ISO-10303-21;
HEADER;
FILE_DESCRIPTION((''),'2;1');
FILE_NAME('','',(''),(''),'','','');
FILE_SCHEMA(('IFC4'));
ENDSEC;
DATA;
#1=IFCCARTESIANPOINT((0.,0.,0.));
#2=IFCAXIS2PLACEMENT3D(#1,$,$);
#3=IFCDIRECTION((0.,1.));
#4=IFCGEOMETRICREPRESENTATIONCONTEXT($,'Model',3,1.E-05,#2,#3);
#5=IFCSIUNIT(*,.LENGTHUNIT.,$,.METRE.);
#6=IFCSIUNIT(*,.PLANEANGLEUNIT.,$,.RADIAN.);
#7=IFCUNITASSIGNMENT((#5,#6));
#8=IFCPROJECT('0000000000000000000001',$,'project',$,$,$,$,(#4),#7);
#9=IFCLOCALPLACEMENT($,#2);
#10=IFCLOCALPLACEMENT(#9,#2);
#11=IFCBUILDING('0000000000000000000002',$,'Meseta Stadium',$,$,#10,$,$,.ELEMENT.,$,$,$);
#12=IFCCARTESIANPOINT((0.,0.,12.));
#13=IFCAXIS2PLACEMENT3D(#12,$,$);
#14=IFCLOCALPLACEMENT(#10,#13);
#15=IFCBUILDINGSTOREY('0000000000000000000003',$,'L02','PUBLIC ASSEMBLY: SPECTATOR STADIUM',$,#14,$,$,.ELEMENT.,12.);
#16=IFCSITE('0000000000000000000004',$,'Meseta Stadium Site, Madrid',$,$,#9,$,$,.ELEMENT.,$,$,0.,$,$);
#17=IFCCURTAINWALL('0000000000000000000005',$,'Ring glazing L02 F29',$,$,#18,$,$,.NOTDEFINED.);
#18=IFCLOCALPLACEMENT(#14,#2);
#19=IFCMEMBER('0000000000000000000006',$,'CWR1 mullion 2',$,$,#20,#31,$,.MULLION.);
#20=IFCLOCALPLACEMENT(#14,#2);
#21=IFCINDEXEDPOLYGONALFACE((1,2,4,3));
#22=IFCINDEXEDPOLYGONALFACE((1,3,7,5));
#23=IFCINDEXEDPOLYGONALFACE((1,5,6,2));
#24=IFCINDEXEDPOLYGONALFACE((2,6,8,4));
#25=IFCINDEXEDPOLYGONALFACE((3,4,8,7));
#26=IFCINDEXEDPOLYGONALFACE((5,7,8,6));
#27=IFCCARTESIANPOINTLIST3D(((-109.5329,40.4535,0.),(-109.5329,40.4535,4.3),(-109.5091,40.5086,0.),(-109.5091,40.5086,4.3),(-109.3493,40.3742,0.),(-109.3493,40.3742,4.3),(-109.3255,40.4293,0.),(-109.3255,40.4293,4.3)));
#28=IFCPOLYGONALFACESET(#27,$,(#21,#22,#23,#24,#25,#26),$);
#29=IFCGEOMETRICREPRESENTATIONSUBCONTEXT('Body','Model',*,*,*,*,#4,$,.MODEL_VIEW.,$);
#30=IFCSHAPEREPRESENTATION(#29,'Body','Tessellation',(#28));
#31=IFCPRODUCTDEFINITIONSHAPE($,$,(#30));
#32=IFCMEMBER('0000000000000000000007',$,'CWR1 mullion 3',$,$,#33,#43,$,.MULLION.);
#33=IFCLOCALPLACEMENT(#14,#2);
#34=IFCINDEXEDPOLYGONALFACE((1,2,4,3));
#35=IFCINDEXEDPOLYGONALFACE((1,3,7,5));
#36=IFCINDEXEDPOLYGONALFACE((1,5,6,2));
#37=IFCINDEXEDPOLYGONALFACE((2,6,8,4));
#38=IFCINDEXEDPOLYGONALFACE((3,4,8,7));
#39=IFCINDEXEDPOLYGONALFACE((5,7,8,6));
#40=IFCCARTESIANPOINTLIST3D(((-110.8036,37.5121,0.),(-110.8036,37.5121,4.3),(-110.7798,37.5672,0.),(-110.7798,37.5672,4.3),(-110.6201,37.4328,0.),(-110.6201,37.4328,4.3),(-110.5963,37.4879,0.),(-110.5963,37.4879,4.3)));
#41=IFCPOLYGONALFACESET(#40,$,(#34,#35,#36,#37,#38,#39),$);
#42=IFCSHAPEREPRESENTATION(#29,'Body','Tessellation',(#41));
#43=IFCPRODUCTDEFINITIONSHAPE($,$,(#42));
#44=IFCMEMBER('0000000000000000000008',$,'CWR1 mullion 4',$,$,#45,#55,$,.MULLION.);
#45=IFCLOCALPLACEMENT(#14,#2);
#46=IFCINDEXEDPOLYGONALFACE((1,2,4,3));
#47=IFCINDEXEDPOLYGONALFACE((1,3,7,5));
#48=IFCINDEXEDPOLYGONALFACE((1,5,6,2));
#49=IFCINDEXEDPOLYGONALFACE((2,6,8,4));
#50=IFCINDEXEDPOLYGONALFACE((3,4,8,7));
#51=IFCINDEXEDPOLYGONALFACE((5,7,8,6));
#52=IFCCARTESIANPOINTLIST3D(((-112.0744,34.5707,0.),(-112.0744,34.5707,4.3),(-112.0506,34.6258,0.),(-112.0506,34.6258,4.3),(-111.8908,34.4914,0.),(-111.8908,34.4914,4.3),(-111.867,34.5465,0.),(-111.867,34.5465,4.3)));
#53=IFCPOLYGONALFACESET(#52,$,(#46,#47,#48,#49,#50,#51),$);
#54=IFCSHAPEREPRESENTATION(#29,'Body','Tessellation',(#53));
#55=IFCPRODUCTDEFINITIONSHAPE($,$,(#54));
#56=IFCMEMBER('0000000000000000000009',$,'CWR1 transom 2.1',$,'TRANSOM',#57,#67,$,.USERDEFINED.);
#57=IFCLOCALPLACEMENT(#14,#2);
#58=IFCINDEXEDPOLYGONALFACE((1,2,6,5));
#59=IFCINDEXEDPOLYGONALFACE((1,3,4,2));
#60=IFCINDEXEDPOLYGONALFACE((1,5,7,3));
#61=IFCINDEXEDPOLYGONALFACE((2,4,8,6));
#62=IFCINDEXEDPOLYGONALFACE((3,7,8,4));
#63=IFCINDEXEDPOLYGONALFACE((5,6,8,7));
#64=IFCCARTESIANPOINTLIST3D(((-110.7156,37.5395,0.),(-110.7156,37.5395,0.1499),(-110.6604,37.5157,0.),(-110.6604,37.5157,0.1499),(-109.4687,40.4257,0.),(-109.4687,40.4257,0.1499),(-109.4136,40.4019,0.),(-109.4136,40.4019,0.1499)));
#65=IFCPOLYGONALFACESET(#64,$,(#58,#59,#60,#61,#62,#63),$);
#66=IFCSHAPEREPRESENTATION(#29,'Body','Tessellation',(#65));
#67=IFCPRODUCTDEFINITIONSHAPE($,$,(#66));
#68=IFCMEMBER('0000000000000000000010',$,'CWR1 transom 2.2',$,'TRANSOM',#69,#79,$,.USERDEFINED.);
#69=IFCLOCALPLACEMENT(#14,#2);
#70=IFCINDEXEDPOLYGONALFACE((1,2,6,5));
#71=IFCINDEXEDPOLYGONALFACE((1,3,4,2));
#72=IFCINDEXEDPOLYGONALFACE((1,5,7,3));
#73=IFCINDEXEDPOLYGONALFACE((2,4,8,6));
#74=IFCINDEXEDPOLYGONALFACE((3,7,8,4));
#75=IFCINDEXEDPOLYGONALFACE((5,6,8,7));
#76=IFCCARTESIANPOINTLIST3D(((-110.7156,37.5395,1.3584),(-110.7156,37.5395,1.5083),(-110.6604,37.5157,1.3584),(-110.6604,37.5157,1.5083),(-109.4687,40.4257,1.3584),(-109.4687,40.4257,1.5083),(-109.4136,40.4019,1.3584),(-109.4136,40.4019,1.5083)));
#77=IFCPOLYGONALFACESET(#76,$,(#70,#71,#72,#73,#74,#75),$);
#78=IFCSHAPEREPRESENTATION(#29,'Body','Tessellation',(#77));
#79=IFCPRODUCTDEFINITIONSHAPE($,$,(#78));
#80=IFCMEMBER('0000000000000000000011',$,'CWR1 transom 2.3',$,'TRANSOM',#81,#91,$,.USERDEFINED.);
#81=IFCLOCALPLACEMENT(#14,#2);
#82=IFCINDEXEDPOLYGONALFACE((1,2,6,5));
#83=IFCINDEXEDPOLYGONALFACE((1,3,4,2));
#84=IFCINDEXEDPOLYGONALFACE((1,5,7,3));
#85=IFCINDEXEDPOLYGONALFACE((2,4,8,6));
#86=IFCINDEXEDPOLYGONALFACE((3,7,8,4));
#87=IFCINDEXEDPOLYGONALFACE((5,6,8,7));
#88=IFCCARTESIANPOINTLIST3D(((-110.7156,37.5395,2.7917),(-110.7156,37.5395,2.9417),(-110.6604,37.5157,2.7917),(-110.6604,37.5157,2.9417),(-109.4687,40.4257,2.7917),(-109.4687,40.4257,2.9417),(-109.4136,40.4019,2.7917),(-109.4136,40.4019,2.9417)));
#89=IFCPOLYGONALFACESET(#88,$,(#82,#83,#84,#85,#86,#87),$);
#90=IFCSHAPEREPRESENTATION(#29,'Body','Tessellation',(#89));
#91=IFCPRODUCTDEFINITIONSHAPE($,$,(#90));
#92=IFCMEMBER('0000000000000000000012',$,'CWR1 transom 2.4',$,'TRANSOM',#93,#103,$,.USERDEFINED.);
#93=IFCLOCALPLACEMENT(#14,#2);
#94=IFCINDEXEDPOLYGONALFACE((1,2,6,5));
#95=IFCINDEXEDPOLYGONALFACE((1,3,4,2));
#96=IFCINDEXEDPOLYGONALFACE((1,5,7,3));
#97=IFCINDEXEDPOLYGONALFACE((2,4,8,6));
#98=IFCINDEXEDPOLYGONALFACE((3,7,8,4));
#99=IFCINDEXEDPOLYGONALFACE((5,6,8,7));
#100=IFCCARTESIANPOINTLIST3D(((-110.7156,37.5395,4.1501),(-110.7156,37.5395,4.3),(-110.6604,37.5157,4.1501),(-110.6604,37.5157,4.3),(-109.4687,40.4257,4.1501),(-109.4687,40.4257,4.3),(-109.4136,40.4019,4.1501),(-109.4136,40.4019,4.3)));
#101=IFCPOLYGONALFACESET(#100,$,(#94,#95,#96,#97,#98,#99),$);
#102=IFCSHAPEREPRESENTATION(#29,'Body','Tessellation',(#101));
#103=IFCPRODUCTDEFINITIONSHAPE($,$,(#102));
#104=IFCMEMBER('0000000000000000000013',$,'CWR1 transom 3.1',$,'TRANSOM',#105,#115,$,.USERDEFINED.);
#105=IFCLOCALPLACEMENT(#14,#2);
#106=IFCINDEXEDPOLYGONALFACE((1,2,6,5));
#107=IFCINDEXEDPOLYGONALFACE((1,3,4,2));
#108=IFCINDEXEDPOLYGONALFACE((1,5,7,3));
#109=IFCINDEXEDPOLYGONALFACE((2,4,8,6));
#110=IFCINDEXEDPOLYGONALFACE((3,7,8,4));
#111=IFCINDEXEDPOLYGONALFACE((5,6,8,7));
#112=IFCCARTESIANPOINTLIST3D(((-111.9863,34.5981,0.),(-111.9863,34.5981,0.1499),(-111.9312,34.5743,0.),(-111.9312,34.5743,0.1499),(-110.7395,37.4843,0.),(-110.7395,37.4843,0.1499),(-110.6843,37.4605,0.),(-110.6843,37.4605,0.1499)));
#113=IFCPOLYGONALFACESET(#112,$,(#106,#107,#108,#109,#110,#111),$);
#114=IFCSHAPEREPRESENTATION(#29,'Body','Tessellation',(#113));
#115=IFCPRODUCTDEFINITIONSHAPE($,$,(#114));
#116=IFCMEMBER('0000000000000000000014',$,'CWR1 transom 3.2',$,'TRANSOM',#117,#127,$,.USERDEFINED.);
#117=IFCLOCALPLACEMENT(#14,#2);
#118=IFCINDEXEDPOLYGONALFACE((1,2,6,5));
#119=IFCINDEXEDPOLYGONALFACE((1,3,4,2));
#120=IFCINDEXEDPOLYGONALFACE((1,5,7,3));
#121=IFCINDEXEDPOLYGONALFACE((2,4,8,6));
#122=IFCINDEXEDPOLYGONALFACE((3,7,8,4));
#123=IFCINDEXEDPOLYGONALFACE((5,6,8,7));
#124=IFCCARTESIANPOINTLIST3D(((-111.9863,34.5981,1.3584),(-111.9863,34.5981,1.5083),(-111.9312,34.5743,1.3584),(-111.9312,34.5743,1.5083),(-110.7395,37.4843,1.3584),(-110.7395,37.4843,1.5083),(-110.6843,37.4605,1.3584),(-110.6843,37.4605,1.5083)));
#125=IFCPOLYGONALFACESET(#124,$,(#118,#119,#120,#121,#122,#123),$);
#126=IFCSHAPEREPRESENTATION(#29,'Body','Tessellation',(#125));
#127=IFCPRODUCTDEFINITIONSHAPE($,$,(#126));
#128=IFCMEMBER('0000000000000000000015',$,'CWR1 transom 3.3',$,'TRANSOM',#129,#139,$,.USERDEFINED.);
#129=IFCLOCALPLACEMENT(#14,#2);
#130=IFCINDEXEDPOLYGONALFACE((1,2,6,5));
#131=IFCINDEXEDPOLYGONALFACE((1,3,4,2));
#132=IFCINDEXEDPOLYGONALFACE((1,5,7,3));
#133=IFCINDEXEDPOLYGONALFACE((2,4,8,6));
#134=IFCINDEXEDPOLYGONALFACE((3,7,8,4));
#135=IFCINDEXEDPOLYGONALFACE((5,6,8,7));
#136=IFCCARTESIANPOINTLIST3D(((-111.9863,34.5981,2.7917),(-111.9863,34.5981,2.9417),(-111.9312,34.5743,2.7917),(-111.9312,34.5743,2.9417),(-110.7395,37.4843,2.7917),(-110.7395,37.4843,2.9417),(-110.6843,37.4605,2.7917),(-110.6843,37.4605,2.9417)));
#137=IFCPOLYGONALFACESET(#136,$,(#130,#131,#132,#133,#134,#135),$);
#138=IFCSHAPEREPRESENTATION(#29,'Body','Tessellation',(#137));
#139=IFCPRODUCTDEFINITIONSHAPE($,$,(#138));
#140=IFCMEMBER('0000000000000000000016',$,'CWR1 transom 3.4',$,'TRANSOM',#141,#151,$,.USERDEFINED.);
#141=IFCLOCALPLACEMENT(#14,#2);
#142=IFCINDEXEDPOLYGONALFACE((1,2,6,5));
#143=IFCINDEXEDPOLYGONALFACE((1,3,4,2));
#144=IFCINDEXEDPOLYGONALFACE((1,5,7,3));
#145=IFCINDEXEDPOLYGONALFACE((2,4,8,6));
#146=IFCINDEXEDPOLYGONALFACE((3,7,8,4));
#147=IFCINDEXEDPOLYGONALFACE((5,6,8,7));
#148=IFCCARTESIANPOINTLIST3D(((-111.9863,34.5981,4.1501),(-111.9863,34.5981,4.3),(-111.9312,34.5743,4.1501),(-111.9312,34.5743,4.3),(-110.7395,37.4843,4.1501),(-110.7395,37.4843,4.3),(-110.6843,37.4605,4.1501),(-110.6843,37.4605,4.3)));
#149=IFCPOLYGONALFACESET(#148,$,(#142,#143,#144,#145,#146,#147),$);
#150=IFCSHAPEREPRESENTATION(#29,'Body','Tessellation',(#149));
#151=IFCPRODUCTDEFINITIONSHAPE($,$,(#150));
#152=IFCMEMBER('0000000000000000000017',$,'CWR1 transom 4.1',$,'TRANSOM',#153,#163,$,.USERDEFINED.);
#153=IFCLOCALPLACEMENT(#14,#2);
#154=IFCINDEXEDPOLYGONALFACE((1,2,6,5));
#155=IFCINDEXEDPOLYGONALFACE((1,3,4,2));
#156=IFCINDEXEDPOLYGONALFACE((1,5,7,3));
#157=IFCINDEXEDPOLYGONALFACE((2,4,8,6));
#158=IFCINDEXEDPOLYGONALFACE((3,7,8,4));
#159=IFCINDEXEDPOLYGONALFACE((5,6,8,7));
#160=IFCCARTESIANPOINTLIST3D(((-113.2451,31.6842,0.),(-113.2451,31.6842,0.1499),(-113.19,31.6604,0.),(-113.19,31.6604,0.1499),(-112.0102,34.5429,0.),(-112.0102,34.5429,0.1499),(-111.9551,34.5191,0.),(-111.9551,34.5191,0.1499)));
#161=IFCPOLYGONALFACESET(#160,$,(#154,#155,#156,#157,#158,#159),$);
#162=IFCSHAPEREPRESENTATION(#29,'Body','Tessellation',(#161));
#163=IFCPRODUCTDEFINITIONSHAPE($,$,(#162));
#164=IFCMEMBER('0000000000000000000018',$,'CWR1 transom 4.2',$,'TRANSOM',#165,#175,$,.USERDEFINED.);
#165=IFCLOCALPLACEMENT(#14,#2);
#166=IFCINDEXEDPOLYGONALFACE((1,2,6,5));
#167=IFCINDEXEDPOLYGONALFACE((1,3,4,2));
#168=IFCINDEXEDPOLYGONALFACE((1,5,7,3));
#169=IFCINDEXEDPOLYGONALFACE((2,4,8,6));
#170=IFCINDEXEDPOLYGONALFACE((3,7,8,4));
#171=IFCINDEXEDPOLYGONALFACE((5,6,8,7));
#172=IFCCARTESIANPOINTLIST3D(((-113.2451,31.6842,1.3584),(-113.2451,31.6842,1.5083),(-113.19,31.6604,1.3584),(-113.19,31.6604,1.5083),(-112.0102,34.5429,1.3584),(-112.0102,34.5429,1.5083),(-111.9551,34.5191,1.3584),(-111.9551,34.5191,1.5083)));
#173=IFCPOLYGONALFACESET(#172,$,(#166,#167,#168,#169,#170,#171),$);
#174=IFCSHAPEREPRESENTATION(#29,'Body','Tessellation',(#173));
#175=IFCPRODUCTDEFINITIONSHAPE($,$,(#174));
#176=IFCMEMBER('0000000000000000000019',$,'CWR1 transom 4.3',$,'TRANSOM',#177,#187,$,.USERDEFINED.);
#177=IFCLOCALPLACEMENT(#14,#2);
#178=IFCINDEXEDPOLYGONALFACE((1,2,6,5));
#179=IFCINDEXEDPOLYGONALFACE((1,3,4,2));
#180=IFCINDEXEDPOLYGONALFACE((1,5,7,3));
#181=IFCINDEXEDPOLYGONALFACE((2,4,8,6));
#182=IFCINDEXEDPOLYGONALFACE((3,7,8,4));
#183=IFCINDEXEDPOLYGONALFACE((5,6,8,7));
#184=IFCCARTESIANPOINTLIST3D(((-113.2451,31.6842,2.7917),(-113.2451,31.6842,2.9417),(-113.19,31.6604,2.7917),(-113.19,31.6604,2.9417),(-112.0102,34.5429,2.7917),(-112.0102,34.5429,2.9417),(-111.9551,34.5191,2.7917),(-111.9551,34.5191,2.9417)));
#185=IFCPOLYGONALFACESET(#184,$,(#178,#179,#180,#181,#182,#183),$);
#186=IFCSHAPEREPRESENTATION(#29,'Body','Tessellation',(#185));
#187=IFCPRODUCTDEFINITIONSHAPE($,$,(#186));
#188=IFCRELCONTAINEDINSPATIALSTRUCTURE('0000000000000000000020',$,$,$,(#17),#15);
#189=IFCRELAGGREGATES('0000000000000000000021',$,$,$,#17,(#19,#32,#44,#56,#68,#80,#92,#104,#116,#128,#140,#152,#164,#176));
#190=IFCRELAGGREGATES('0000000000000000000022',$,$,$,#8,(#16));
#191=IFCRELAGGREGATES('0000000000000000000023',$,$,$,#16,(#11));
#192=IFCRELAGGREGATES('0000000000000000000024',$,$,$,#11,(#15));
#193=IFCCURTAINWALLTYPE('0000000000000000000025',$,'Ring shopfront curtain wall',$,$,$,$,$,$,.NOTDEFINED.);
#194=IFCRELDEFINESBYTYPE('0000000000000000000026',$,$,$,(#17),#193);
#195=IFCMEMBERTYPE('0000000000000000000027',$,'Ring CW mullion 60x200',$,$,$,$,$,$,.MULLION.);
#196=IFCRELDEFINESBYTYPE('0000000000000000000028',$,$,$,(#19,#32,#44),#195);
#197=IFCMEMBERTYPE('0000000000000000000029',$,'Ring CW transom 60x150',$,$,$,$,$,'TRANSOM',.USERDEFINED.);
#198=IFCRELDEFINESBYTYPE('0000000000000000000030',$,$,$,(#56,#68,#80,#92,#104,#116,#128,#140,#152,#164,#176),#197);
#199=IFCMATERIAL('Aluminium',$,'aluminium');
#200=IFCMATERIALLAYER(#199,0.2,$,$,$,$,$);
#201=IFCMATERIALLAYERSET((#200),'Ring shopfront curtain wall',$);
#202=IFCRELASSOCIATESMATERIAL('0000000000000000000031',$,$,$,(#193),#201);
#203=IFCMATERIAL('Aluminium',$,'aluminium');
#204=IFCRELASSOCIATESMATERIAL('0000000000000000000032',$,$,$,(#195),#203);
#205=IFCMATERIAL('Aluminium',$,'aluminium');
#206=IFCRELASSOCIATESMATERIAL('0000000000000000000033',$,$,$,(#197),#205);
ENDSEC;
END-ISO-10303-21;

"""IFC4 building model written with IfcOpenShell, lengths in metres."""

from ifc_helpers import new_model, si_unit, direction, frame, origin, origin_2d, place, context, subcontext, project, spatial, rectangle, extrude, material, layer, layer_set, material_profile, profile_set, type_object, element, aggregate, save


model = new_model("IFC4")

# Units and contexts
model_context = context("Model", 3, precision=1e-05, world=origin(), true_north=direction((0.0, 1.0)))
body_context = subcontext(model_context, "Body", "Model", "MODEL_VIEW")
ifc_project = project(units=[si_unit("LENGTHUNIT", "METRE"), si_unit("PLANEANGLEUNIT", "RADIAN")], contexts=[model_context])

# Site, building, storey
site_placement = place(None, origin())
site = spatial("IfcSite", under=ifc_project, at=site_placement, Name="Meseta Stadium Site, Madrid", CompositionType="ELEMENT", RefElevation=0.0)
building_placement = place(site_placement, origin())
building = spatial("IfcBuilding", under=site, at=building_placement, Name="Meseta Stadium", CompositionType="ELEMENT")
storey_placement = place(building_placement, frame((0.0, 0.0, 12.0)))
storey = spatial("IfcBuildingStorey", under=building, at=storey_placement, Name="L02", Description="PUBLIC ASSEMBLY: SPECTATOR STADIUM", CompositionType="ELEMENT", Elevation=12.0)

# Curtain wall, members
ifc_material_1 = material(Name="Aluminium", Category="aluminium")
ifc_layer_1 = layer(ifc_material_1, 0.2)
ifc_layer_set_1 = layer_set([ifc_layer_1], Name="Ring shopfront curtain wall")
curtain_wall_type = type_object("IfcCurtainWallType", Name="Ring shopfront curtain wall", PredefinedType="NOTDEFINED", material=ifc_layer_set_1)
curtain_wall_placement = place(storey_placement, origin())
curtain_wall = element("IfcCurtainWall", 1, at=curtain_wall_placement, inside=storey, type_object=curtain_wall_type, Name="Ring glazing L02 F29", PredefinedType="NOTDEFINED")
ifc_material_2 = material(Name="Aluminium", Category="aluminium")
ifc_material_profile_1 = material_profile(ifc_material_2, rectangle(XDim=0.2, YDim=0.0601, at=origin_2d()), Name="CW 200x60")
ifc_profile_set_1 = profile_set([ifc_material_profile_1], Name="Aluminium")
member_type_1 = type_object("IfcMemberType", Name="Ring CW mullion 60x200", PredefinedType="MULLION", material=ifc_profile_set_1)
member_1_placement = place(storey_placement, frame((-109.4292, 40.4414, 0.0), z_axis=(0.0, 0.0, 1.0), x_axis=(0.918, -0.396581, 0.0)))
member_1 = element("IfcMember", 2, at=member_1_placement, type_object=member_type_1, Name="CWR1 mullion 2", PredefinedType="MULLION", context=body_context, shape_type="SweptSolid", body=[
    extrude(rectangle(XDim=0.2, YDim=0.0601, at=origin_2d()), origin(), (0.0, 0.0, 1.0), 4.3),
])
member_2_placement = place(storey_placement, frame((-110.7, 37.5, 0.0), z_axis=(0.0, 0.0, 1.0), x_axis=(0.918, -0.396581, 0.0)))
member_2 = element("IfcMember", 3, at=member_2_placement, type_object=member_type_1, Name="CWR1 mullion 3", PredefinedType="MULLION", context=body_context, shape_type="SweptSolid", body=[
    extrude(rectangle(XDim=0.2, YDim=0.0601, at=origin_2d()), origin(), (0.0, 0.0, 1.0), 4.3),
])
member_3_placement = place(storey_placement, frame((-111.9707, 34.5586, 0.0), z_axis=(0.0, 0.0, 1.0), x_axis=(0.918, -0.396581, 0.0)))
member_3 = element("IfcMember", 4, at=member_3_placement, type_object=member_type_1, Name="CWR1 mullion 4", PredefinedType="MULLION", context=body_context, shape_type="SweptSolid", body=[
    extrude(rectangle(XDim=0.2, YDim=0.0601, at=origin_2d()), origin(), (0.0, 0.0, 1.0), 4.3),
])
ifc_material_3 = material(Name="Aluminium", Category="aluminium")
ifc_material_profile_2 = material_profile(ifc_material_3, rectangle(XDim=0.0601, YDim=0.1499, at=origin_2d()), Name="CW 60x150")
ifc_profile_set_2 = profile_set([ifc_material_profile_2], Name="Aluminium")
member_type_2 = type_object("IfcMemberType", Name="Ring CW transom 60x150", ElementType="TRANSOM", PredefinedType="USERDEFINED", material=ifc_profile_set_2)
member_4_placement = place(storey_placement, frame((-109.4412, 40.4138, 0.075), z_axis=(-0.39657, -0.918005, 0.0), x_axis=(0.918005, -0.39657, 0.0)))
member_4 = element("IfcMember", 5, at=member_4_placement, type_object=member_type_2, Name="CWR1 transom 2.1", ObjectType="TRANSOM", PredefinedType="USERDEFINED", context=body_context, shape_type="SweptSolid", body=[
    extrude(rectangle(XDim=0.0601, YDim=0.1499, at=origin_2d()), origin(), (0.0, 0.0, 1.0), 3.144),
])
member_5_placement = place(storey_placement, frame((-109.4412, 40.4138, 1.4333), z_axis=(-0.39657, -0.918005, 0.0), x_axis=(0.918005, -0.39657, 0.0)))
member_5 = element("IfcMember", 6, at=member_5_placement, type_object=member_type_2, Name="CWR1 transom 2.2", ObjectType="TRANSOM", PredefinedType="USERDEFINED", context=body_context, shape_type="SweptSolid", body=[
    extrude(rectangle(XDim=0.0601, YDim=0.1499, at=origin_2d()), origin(), (0.0, 0.0, 1.0), 3.144),
])
member_6_placement = place(storey_placement, frame((-109.4412, 40.4138, 2.8667), z_axis=(-0.39657, -0.918005, 0.0), x_axis=(0.918005, -0.39657, 0.0)))
member_6 = element("IfcMember", 7, at=member_6_placement, type_object=member_type_2, Name="CWR1 transom 2.3", ObjectType="TRANSOM", PredefinedType="USERDEFINED", context=body_context, shape_type="SweptSolid", body=[
    extrude(rectangle(XDim=0.0601, YDim=0.1499, at=origin_2d()), origin(), (0.0, 0.0, 1.0), 3.144),
])
member_7_placement = place(storey_placement, frame((-109.4412, 40.4138, 4.2251), z_axis=(-0.39657, -0.918005, 0.0), x_axis=(0.918005, -0.39657, 0.0)))
member_7 = element("IfcMember", 8, at=member_7_placement, type_object=member_type_2, Name="CWR1 transom 2.4", ObjectType="TRANSOM", PredefinedType="USERDEFINED", context=body_context, shape_type="SweptSolid", body=[
    extrude(rectangle(XDim=0.0601, YDim=0.1499, at=origin_2d()), origin(), (0.0, 0.0, 1.0), 3.144),
])
member_8_placement = place(storey_placement, frame((-110.7119, 37.4724, 0.075), z_axis=(-0.39657, -0.918005, 0.0), x_axis=(0.918005, -0.39657, 0.0)))
member_8 = element("IfcMember", 9, at=member_8_placement, type_object=member_type_2, Name="CWR1 transom 3.1", ObjectType="TRANSOM", PredefinedType="USERDEFINED", context=body_context, shape_type="SweptSolid", body=[
    extrude(rectangle(XDim=0.0601, YDim=0.1499, at=origin_2d()), origin(), (0.0, 0.0, 1.0), 3.144),
])
member_9_placement = place(storey_placement, frame((-110.7119, 37.4724, 1.4333), z_axis=(-0.39657, -0.918005, 0.0), x_axis=(0.918005, -0.39657, 0.0)))
member_9 = element("IfcMember", 10, at=member_9_placement, type_object=member_type_2, Name="CWR1 transom 3.2", ObjectType="TRANSOM", PredefinedType="USERDEFINED", context=body_context, shape_type="SweptSolid", body=[
    extrude(rectangle(XDim=0.0601, YDim=0.1499, at=origin_2d()), origin(), (0.0, 0.0, 1.0), 3.144),
])
member_10_placement = place(storey_placement, frame((-110.7119, 37.4724, 2.8667), z_axis=(-0.39657, -0.918005, 0.0), x_axis=(0.918005, -0.39657, 0.0)))
member_10 = element("IfcMember", 11, at=member_10_placement, type_object=member_type_2, Name="CWR1 transom 3.3", ObjectType="TRANSOM", PredefinedType="USERDEFINED", context=body_context, shape_type="SweptSolid", body=[
    extrude(rectangle(XDim=0.0601, YDim=0.1499, at=origin_2d()), origin(), (0.0, 0.0, 1.0), 3.144),
])
member_11_placement = place(storey_placement, frame((-110.7119, 37.4724, 4.2251), z_axis=(-0.39657, -0.918005, 0.0), x_axis=(0.918005, -0.39657, 0.0)))
member_11 = element("IfcMember", 12, at=member_11_placement, type_object=member_type_2, Name="CWR1 transom 3.4", ObjectType="TRANSOM", PredefinedType="USERDEFINED", context=body_context, shape_type="SweptSolid", body=[
    extrude(rectangle(XDim=0.0601, YDim=0.1499, at=origin_2d()), origin(), (0.0, 0.0, 1.0), 3.144),
])
member_12_placement = place(storey_placement, frame((-111.9827, 34.531, 0.075), z_axis=(-0.396558, -0.91801, 0.0), x_axis=(0.91801, -0.396558, 0.0)))
member_12 = element("IfcMember", 13, at=member_12_placement, type_object=member_type_2, Name="CWR1 transom 4.1", ObjectType="TRANSOM", PredefinedType="USERDEFINED", context=body_context, shape_type="SweptSolid", body=[
    extrude(rectangle(XDim=0.0601, YDim=0.1499, at=origin_2d()), origin(), (0.0, 0.0, 1.0), 3.114),
])
member_13_placement = place(storey_placement, frame((-111.9827, 34.531, 1.4333), z_axis=(-0.396558, -0.91801, 0.0), x_axis=(0.91801, -0.396558, 0.0)))
member_13 = element("IfcMember", 14, at=member_13_placement, type_object=member_type_2, Name="CWR1 transom 4.2", ObjectType="TRANSOM", PredefinedType="USERDEFINED", context=body_context, shape_type="SweptSolid", body=[
    extrude(rectangle(XDim=0.0601, YDim=0.1499, at=origin_2d()), origin(), (0.0, 0.0, 1.0), 3.114),
])
member_14_placement = place(storey_placement, frame((-111.9827, 34.531, 2.8667), z_axis=(-0.396558, -0.91801, 0.0), x_axis=(0.91801, -0.396558, 0.0)))
member_14 = element("IfcMember", 15, at=member_14_placement, type_object=member_type_2, Name="CWR1 transom 4.3", ObjectType="TRANSOM", PredefinedType="USERDEFINED", context=body_context, shape_type="SweptSolid", body=[
    extrude(rectangle(XDim=0.0601, YDim=0.1499, at=origin_2d()), origin(), (0.0, 0.0, 1.0), 3.114),
])
aggregate(curtain_wall, [member_1, member_2, member_3, member_4, member_5, member_6, member_7, member_8, member_9, member_10, member_11, member_12, member_13, member_14])

save(model, "model.ifc")
